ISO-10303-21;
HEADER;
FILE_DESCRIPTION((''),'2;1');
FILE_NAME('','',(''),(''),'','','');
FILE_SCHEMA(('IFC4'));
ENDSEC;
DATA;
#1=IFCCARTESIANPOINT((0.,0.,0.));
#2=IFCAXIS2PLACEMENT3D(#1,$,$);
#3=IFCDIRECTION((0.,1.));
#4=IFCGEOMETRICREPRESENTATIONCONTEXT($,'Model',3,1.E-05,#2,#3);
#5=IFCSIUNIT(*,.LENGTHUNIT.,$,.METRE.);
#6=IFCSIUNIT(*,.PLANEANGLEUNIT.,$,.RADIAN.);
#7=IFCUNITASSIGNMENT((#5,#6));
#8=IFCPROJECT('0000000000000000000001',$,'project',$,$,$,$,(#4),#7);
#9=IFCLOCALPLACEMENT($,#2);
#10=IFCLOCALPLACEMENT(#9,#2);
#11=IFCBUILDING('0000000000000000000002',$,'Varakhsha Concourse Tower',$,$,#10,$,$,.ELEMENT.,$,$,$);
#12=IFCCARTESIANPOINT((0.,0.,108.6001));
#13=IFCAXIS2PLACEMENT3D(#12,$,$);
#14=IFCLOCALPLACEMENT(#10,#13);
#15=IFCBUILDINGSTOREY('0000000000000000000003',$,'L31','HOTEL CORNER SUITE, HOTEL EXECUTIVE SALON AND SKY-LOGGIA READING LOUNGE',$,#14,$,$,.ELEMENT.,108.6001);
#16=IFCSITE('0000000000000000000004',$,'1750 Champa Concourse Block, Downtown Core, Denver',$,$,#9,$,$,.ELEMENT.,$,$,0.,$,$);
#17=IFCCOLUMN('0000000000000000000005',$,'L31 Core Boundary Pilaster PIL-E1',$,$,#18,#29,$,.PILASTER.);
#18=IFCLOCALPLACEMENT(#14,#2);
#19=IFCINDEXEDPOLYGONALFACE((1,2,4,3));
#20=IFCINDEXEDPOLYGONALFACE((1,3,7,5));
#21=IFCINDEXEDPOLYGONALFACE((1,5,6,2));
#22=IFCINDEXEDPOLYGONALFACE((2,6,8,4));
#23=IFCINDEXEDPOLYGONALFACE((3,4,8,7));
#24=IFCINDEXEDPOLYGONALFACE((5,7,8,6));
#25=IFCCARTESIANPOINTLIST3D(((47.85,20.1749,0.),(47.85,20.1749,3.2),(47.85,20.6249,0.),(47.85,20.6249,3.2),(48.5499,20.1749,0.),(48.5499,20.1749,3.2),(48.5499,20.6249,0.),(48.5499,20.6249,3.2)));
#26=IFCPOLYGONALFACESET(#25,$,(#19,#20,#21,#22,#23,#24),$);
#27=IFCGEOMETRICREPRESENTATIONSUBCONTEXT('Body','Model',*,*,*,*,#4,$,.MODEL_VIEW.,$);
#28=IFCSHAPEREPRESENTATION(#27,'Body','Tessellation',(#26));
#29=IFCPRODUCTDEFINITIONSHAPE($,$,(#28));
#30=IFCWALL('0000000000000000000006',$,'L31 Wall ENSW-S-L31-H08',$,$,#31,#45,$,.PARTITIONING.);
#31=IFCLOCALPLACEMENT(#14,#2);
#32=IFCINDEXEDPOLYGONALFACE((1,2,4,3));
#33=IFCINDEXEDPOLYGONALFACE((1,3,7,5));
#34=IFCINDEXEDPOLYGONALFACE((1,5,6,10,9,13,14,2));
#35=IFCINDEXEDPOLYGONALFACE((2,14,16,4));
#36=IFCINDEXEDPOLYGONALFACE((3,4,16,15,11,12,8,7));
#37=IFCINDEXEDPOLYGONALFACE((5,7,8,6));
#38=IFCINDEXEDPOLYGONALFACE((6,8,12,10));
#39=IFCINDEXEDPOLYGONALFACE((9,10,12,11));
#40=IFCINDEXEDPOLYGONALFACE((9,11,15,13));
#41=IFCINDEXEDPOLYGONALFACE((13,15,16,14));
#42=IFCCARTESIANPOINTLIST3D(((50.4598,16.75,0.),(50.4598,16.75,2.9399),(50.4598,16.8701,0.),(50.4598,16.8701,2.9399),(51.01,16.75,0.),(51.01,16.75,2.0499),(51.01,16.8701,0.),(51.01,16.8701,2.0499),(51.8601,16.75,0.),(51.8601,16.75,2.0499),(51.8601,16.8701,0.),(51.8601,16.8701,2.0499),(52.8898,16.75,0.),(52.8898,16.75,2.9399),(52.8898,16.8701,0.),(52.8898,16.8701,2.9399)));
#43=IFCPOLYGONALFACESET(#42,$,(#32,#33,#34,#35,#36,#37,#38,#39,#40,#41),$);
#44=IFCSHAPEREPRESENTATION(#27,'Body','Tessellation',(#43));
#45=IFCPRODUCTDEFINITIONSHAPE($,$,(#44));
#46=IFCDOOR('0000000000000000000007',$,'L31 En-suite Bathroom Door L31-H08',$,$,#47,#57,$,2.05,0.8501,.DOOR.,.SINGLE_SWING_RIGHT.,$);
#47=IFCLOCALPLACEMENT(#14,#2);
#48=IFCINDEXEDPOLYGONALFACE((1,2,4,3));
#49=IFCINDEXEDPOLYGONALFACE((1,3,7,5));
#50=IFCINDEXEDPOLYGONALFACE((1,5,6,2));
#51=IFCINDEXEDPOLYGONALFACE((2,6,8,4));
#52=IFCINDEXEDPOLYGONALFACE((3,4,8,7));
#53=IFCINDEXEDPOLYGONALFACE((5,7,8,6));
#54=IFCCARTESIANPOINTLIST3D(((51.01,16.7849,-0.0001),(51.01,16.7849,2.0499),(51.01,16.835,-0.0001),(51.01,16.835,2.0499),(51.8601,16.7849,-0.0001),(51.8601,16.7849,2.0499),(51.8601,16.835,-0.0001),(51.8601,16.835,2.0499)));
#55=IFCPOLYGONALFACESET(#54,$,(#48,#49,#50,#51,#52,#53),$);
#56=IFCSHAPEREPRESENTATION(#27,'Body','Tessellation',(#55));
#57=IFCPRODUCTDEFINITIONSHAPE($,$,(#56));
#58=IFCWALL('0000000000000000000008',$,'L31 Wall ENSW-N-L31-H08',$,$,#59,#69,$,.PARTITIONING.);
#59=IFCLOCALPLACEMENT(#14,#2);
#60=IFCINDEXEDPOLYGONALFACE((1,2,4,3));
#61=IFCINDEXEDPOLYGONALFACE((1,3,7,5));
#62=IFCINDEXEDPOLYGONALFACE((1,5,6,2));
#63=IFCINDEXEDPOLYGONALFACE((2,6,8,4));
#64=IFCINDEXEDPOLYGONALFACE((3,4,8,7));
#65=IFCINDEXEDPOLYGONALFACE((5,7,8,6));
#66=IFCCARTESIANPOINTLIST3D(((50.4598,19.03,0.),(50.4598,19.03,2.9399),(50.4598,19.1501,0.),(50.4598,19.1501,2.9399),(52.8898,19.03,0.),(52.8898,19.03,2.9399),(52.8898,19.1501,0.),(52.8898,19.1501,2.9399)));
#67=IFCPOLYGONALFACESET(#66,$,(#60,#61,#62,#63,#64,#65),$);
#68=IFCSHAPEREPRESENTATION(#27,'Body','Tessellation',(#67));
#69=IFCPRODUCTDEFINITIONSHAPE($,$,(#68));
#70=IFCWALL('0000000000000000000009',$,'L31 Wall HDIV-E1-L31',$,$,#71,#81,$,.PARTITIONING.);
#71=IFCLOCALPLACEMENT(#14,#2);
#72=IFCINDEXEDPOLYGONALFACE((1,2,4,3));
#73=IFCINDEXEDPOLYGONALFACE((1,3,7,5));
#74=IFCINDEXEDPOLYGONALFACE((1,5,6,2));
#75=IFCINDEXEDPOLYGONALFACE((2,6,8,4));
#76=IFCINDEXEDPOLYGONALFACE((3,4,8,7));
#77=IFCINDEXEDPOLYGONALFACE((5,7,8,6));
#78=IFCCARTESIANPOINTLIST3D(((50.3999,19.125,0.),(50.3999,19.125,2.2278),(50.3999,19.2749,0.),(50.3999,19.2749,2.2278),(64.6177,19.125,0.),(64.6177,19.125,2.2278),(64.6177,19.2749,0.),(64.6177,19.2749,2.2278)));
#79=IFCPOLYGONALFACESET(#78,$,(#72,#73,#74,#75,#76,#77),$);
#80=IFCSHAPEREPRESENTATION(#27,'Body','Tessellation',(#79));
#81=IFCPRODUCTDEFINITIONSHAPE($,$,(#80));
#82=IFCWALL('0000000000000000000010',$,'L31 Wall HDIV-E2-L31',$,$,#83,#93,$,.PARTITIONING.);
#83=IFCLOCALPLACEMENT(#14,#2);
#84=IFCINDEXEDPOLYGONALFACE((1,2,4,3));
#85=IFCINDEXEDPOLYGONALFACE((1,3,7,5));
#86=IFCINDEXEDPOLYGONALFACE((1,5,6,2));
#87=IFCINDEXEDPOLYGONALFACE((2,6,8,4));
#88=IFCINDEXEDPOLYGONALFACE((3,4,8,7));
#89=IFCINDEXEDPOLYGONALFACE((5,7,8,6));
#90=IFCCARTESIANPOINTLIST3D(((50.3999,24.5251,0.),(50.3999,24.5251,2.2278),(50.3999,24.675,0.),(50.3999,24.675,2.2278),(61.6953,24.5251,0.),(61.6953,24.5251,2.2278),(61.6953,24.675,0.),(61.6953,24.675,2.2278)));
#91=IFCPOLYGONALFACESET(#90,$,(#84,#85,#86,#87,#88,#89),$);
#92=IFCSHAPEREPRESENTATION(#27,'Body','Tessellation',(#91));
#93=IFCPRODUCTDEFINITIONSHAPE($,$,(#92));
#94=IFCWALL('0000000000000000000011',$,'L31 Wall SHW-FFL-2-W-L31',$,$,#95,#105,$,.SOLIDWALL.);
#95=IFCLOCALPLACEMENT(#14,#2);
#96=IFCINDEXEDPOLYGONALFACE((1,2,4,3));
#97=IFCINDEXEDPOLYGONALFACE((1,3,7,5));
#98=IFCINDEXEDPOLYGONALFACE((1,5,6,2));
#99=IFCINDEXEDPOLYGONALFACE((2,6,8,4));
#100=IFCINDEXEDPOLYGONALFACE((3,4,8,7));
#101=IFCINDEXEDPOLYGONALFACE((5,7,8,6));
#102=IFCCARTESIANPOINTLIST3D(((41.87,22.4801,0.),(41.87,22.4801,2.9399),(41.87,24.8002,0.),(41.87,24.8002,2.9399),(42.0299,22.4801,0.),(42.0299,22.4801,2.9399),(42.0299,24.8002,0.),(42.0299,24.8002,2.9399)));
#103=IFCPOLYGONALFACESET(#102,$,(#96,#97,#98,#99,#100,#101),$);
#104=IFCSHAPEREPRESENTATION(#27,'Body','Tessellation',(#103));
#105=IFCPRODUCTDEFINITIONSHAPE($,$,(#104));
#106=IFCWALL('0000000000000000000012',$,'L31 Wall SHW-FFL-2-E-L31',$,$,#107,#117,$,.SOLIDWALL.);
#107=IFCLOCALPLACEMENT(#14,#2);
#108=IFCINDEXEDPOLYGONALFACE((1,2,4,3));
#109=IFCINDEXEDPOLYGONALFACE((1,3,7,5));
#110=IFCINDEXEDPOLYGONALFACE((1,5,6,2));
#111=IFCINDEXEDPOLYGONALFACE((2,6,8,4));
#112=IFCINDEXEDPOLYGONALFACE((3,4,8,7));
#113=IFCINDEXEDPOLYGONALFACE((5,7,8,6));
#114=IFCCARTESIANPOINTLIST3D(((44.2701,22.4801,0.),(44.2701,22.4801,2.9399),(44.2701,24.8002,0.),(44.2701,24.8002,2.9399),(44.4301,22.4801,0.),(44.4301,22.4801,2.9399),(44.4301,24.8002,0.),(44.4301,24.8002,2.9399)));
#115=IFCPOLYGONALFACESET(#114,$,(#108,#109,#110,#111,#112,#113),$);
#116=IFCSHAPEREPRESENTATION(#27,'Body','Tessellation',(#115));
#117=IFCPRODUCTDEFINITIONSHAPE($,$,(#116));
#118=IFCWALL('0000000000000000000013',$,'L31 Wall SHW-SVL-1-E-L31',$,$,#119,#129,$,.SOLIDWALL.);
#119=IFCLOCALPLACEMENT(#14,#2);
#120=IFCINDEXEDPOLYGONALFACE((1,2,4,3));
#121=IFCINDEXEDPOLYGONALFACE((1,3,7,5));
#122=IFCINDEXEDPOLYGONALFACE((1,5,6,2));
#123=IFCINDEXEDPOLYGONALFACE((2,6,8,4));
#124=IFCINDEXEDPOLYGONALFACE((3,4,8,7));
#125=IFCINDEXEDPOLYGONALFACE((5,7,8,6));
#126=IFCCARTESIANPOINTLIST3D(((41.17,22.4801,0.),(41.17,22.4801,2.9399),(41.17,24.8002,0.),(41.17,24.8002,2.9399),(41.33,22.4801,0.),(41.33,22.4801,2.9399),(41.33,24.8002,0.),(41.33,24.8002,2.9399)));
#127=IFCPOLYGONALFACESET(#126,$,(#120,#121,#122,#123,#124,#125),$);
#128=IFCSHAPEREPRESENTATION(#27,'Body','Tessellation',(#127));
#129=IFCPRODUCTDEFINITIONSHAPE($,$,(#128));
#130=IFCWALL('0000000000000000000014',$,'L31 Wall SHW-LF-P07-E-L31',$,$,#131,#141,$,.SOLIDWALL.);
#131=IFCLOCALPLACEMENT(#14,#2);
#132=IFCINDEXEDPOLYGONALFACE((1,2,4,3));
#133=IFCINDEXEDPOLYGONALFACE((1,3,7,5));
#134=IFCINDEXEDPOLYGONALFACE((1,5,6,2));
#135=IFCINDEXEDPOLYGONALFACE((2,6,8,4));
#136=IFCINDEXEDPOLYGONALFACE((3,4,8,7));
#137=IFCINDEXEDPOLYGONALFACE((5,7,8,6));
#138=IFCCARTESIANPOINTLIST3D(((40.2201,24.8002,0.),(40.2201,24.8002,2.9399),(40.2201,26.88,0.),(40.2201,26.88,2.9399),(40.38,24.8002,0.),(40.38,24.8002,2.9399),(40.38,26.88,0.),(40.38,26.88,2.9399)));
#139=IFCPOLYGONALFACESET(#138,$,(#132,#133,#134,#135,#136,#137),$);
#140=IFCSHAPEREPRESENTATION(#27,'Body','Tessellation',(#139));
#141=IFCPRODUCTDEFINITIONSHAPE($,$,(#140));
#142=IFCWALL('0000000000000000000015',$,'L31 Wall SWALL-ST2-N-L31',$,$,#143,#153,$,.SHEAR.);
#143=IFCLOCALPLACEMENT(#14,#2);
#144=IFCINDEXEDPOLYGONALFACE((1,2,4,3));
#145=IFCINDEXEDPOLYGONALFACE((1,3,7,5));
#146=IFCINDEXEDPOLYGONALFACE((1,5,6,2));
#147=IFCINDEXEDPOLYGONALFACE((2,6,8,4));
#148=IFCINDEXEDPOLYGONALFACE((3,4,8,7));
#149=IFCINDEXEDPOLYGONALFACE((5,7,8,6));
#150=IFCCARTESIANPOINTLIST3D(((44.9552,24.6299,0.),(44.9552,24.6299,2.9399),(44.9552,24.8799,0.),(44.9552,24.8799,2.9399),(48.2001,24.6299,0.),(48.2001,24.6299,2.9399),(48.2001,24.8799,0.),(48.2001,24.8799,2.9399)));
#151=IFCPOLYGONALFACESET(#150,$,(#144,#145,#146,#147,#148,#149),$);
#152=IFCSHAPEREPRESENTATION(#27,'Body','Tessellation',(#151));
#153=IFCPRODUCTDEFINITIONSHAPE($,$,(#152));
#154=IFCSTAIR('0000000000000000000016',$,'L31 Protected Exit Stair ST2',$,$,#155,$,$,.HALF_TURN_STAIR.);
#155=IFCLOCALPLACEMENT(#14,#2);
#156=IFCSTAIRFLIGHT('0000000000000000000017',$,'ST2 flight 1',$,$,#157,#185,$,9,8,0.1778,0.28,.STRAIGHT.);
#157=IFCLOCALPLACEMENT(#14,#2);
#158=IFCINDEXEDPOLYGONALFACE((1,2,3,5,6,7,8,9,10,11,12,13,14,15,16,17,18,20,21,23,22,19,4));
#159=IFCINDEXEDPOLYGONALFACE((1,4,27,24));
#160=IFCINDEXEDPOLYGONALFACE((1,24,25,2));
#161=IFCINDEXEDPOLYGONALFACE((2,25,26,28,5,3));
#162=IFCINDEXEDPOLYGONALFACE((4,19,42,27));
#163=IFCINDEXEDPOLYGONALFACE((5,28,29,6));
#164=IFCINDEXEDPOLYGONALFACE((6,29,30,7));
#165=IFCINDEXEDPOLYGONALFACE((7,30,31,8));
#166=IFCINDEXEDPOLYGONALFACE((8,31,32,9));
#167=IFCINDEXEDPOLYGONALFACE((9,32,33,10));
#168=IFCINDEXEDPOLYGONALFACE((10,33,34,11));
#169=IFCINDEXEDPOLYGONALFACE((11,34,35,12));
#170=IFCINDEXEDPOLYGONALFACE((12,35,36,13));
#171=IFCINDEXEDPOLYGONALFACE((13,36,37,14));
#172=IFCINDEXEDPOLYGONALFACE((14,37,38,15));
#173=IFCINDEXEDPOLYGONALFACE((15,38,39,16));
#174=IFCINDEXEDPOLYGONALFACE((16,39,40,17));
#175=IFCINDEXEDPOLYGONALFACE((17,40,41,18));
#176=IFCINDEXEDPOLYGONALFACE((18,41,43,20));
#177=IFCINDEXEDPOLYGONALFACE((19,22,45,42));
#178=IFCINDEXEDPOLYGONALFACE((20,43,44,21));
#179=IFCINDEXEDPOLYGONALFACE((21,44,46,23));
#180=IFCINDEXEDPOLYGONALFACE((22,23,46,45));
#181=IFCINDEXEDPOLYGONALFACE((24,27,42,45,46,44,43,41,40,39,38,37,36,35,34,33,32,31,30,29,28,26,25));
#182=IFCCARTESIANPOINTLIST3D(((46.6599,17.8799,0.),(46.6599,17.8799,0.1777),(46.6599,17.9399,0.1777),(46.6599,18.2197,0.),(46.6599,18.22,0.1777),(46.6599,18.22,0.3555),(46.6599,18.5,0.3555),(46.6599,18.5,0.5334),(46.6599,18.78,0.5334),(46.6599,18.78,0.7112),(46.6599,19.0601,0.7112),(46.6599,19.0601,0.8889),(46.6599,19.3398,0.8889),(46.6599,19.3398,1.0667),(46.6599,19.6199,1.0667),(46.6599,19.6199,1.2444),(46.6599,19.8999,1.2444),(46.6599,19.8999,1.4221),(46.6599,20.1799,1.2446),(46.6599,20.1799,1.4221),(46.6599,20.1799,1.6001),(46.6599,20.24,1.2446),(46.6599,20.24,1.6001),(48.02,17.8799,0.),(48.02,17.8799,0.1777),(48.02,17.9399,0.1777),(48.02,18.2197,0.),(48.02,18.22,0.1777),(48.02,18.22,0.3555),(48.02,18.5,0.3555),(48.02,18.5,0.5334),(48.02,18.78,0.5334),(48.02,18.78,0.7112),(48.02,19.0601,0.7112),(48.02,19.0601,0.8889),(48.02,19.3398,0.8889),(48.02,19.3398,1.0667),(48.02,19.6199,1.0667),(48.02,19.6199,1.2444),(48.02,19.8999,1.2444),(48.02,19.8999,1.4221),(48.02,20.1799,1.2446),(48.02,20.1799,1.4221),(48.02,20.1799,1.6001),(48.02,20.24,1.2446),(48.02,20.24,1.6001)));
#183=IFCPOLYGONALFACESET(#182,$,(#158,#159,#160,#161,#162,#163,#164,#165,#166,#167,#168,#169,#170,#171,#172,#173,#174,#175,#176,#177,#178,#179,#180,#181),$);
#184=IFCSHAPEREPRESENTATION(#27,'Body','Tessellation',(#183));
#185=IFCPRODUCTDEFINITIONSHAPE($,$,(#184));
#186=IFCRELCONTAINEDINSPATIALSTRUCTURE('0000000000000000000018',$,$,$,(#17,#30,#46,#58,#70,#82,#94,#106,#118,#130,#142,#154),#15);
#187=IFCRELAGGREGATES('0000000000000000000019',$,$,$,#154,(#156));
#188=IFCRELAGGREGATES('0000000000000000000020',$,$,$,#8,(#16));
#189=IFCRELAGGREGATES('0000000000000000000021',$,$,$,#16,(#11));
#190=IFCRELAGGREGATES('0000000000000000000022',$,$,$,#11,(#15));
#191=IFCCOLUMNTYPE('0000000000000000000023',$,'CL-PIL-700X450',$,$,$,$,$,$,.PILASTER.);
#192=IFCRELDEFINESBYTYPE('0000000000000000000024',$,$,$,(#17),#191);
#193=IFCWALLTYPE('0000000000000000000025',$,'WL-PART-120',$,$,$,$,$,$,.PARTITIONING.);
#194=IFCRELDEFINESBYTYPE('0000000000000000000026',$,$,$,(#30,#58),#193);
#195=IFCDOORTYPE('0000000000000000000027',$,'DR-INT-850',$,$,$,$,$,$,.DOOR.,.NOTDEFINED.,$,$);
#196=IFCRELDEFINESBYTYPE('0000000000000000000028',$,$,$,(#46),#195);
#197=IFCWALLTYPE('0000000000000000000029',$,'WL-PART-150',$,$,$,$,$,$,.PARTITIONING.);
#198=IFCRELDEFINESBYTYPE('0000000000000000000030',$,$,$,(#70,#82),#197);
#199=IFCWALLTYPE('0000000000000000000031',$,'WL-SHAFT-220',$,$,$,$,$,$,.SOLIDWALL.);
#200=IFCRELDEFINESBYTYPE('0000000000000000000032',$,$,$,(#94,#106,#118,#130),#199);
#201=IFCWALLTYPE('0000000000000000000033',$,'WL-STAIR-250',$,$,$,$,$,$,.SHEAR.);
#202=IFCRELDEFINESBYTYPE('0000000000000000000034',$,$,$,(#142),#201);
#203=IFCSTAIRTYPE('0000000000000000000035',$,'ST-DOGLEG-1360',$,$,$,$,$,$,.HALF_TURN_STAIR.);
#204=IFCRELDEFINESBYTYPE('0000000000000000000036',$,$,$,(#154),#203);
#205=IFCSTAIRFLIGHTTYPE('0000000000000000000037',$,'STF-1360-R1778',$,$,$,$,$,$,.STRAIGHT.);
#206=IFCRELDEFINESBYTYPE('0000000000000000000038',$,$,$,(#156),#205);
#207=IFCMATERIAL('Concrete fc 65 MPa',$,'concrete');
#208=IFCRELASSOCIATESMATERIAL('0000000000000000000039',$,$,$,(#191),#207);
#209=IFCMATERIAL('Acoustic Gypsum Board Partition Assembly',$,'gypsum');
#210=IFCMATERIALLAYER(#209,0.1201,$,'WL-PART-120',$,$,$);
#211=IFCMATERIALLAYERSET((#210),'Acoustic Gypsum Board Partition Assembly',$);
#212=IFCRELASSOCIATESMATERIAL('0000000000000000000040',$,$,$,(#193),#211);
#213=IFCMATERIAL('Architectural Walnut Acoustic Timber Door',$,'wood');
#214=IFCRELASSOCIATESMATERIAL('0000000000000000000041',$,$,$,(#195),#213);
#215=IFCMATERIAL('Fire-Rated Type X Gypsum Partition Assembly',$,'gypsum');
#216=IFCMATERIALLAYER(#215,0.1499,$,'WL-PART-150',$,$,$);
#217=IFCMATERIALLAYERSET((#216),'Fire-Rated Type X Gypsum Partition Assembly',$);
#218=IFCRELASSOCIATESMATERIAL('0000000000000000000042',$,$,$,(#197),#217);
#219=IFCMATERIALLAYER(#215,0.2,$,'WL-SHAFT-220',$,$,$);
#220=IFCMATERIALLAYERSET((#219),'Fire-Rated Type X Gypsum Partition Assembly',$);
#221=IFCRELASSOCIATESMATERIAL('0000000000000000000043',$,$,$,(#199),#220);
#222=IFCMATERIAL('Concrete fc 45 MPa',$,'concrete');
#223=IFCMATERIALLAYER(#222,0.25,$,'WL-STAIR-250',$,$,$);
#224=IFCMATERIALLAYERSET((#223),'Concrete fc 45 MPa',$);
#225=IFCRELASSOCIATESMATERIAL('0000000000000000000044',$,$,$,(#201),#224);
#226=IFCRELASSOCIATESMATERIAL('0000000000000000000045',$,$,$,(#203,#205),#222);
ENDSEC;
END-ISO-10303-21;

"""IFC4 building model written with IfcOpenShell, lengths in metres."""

from ifc_helpers import new_model, si_unit, direction, frame, frame_2d, origin, origin_2d, place, context, subcontext, project, spatial, polyline, rectangle, outline, extrude, material, layer, layer_set, material_profile, profile_set, type_object, element, fill, aggregate, save


model = new_model("IFC4")

# Units and contexts
model_context = context("Model", 3, precision=1e-05, world=origin(), true_north=direction((0.0, 1.0)))
body_context = subcontext(model_context, "Body", "Model", "MODEL_VIEW")
ifc_project = project(units=[si_unit("LENGTHUNIT", "METRE"), si_unit("PLANEANGLEUNIT", "RADIAN")], contexts=[model_context])

# Site, building, storey
site_placement = place(None, origin())
site = spatial("IfcSite", under=ifc_project, at=site_placement, Name="1750 Champa Concourse Block, Downtown Core, Denver", CompositionType="ELEMENT", RefElevation=0.0)
building_placement = place(site_placement, origin())
building = spatial("IfcBuilding", under=site, at=building_placement, Name="Varakhsha Concourse Tower", CompositionType="ELEMENT")
storey_placement = place(building_placement, frame((0.0, 0.0, 108.6001)))
storey = spatial("IfcBuildingStorey", under=building, at=storey_placement, Name="L31", Description="HOTEL CORNER SUITE, HOTEL EXECUTIVE SALON AND SKY-LOGGIA READING LOUNGE", CompositionType="ELEMENT", Elevation=108.6001)

# Column
ifc_material_1 = material(Name="Concrete fc 65 MPa", Category="concrete")
ifc_material_profile = material_profile(ifc_material_1, rectangle(XDim=0.7, YDim=0.45, at=origin_2d()), Name="RC 700x450")
ifc_profile_set = profile_set([ifc_material_profile], Name="Concrete fc 65 MPa")
column_type = type_object("IfcColumnType", Name="CL-PIL-700X450", PredefinedType="PILASTER", material=ifc_profile_set)
column_placement = place(storey_placement, frame((48.2, 20.3999, 0.0), z_axis=(0.0, 0.0, 1.0), x_axis=(1.0, 0.0, 0.0)))
element("IfcColumn", 1, at=column_placement, inside=storey, type_object=column_type, Name="L31 Core Boundary Pilaster PIL-E1", PredefinedType="PILASTER", context=body_context, shape_type="SweptSolid", body=[
    extrude(rectangle(XDim=0.7, YDim=0.45, at=origin_2d()), origin(), (0.0, 0.0, 1.0), 3.2),
])

# Wall, opening, door
ifc_material_2 = material(Name="Acoustic Gypsum Board Partition Assembly", Category="gypsum")
ifc_layer_1 = layer(ifc_material_2, 0.1201, Name="WL-PART-120")
ifc_layer_set_1 = layer_set([ifc_layer_1], Name="Acoustic Gypsum Board Partition Assembly")
wall_type_1 = type_object("IfcWallType", Name="WL-PART-120", PredefinedType="PARTITIONING", material=ifc_layer_set_1)
wall_1_placement = place(storey_placement, frame((50.46, 16.8101, 0.0), z_axis=(0.0, 0.0, 1.0), x_axis=(1.0, 0.0, 0.0)))
wall_1 = element("IfcWall", 2, at=wall_1_placement, inside=storey, type_object=wall_type_1, Name="L31 Wall ENSW-S-L31-H08", PredefinedType="PARTITIONING", context=body_context, shape_type="SweptSolid", body=[
    extrude(rectangle(XDim=2.4299, YDim=0.1201, at=frame_2d((1.2148, 0.0))), origin(), (0.0, 0.0, 1.0), 2.9399),
])
opening_placement = place(wall_1_placement, frame((0.55, 0.0, 0.0)))
opening = element("IfcOpeningElement", 3, at=opening_placement, cuts=wall_1, PredefinedType="OPENING", context=body_context, shape_type="SweptSolid", body=[
    extrude(rectangle(XDim=0.8501, YDim=2.05, at=frame_2d((0.425, 1.0249))), frame((0.0, 0.0701, 0.0), z_axis=(0.0, -1.0, 0.0), x_axis=(1.0, 0.0, 0.0)), (0.0, 0.0, 1.0), 0.1401),
])
ifc_material_3 = material(Name="Architectural Walnut Acoustic Timber Door", Category="wood")
door_type = type_object("IfcDoorType", Name="DR-INT-850", OperationType="NOTDEFINED", PredefinedType="DOOR", material=ifc_material_3)
door_placement = place(opening_placement, origin())
door = element("IfcDoor", 4, at=door_placement, inside=storey, type_object=door_type, Name="L31 En-suite Bathroom Door L31-H08", OperationType="SINGLE_SWING_RIGHT", OverallHeight=2.05, OverallWidth=0.8501, PredefinedType="DOOR", context=body_context, shape_type="SweptSolid", body=[
    extrude(rectangle(XDim=0.8501, YDim=2.05, at=frame_2d((0.425, 1.0249))), frame((0.0, 0.0249, 0.0), z_axis=(0.0, -1.0, 0.0), x_axis=(1.0, 0.0, 0.0)), (0.0, 0.0, 1.0), 0.05),
])
fill(opening, door)

# Walls
wall_2_placement = place(storey_placement, frame((50.46, 19.0901, 0.0), z_axis=(0.0, 0.0, 1.0), x_axis=(1.0, 0.0, 0.0)))
element("IfcWall", 5, at=wall_2_placement, inside=storey, type_object=wall_type_1, Name="L31 Wall ENSW-N-L31-H08", PredefinedType="PARTITIONING", context=body_context, shape_type="SweptSolid", body=[
    extrude(rectangle(XDim=2.4299, YDim=0.1201, at=frame_2d((1.2148, 0.0))), origin(), (0.0, 0.0, 1.0), 2.9399),
])
ifc_material_4 = material(Name="Fire-Rated Type X Gypsum Partition Assembly", Category="gypsum")
ifc_layer_2 = layer(ifc_material_4, 0.1499, Name="WL-PART-150")
ifc_layer_set_2 = layer_set([ifc_layer_2], Name="Fire-Rated Type X Gypsum Partition Assembly")
wall_type_2 = type_object("IfcWallType", Name="WL-PART-150", PredefinedType="PARTITIONING", material=ifc_layer_set_2)
wall_3_placement = place(storey_placement, frame((50.3999, 19.2, 0.0), z_axis=(0.0, 0.0, 1.0), x_axis=(1.0, 0.0, 0.0)))
element("IfcWall", 6, at=wall_3_placement, inside=storey, type_object=wall_type_2, Name="L31 Wall HDIV-E1-L31", PredefinedType="PARTITIONING", context=body_context, shape_type="SweptSolid", body=[
    extrude(rectangle(XDim=14.2178, YDim=0.1499, at=frame_2d((7.1089, 0.0))), origin(), (0.0, 0.0, 1.0), 2.2278),
])
wall_4_placement = place(storey_placement, frame((50.3999, 24.6001, 0.0), z_axis=(0.0, 0.0, 1.0), x_axis=(1.0, 0.0, 0.0)))
element("IfcWall", 7, at=wall_4_placement, inside=storey, type_object=wall_type_2, Name="L31 Wall HDIV-E2-L31", PredefinedType="PARTITIONING", context=body_context, shape_type="SweptSolid", body=[
    extrude(rectangle(XDim=11.2954, YDim=0.1499, at=frame_2d((5.6477, 0.0))), origin(), (0.0, 0.0, 1.0), 2.2278),
])
ifc_layer_3 = layer(ifc_material_4, 0.2, Name="WL-SHAFT-220")
ifc_layer_set_3 = layer_set([ifc_layer_3], Name="Fire-Rated Type X Gypsum Partition Assembly")
wall_type_3 = type_object("IfcWallType", Name="WL-SHAFT-220", PredefinedType="SOLIDWALL", material=ifc_layer_set_3)
for number, where, z_axis, x_axis, name in (
    (8, (41.95, 22.48, 0.0), (0.0, 0.0, 1.0), (0.0, 1.0, 0.0), "L31 Wall SHW-FFL-2-W-L31"),
    (9, (44.3501, 22.48, 0.0), (0.0, 0.0, 1.0), (0.0, 1.0, 0.0), "L31 Wall SHW-FFL-2-E-L31"),
    (10, (41.25, 22.48, 0.0), (0.0, 0.0, 1.0), (0.0, 1.0, 0.0), "L31 Wall SHW-SVL-1-E-L31"),
):
    element("IfcWall", number, at=place(storey_placement, frame(where, z_axis=z_axis, x_axis=x_axis)), inside=storey, type_object=wall_type_3, Name=name, PredefinedType="SOLIDWALL", context=body_context, shape_type="SweptSolid", body=[
        extrude(rectangle(XDim=2.3201, YDim=0.1599, at=frame_2d((1.1602, 0.0))), origin(), (0.0, 0.0, 1.0), 2.9399),
    ])
wall_5_placement = place(storey_placement, frame((40.3, 24.8, 0.0), z_axis=(0.0, 0.0, 1.0), x_axis=(0.0, 1.0, 0.0)))
element("IfcWall", 11, at=wall_5_placement, inside=storey, type_object=wall_type_3, Name="L31 Wall SHW-LF-P07-E-L31", PredefinedType="SOLIDWALL", context=body_context, shape_type="SweptSolid", body=[
    extrude(rectangle(XDim=2.0798, YDim=0.1599, at=frame_2d((1.04, 0.0))), origin(), (0.0, 0.0, 1.0), 2.9399),
])
ifc_material_5 = material(Name="Concrete fc 45 MPa", Category="concrete")
ifc_layer_4 = layer(ifc_material_5, 0.25, Name="WL-STAIR-250")
ifc_layer_set_4 = layer_set([ifc_layer_4], Name="Concrete fc 45 MPa")
wall_type_4 = type_object("IfcWallType", Name="WL-STAIR-250", PredefinedType="SHEAR", material=ifc_layer_set_4)
wall_6_placement = place(storey_placement, frame((44.9551, 24.7549, 0.0), z_axis=(0.0, 0.0, 1.0), x_axis=(1.0, 0.0, 0.0)))
element("IfcWall", 12, at=wall_6_placement, inside=storey, type_object=wall_type_4, Name="L31 Wall SWALL-ST2-N-L31", PredefinedType="SHEAR", context=body_context, shape_type="SweptSolid", body=[
    extrude(rectangle(XDim=3.2449, YDim=0.25, at=frame_2d((1.6226, 0.0))), origin(), (0.0, 0.0, 1.0), 2.9399),
])

# Stair, stair flight
stair_type = type_object("IfcStairType", Name="ST-DOGLEG-1360", PredefinedType="HALF_TURN_STAIR", material=ifc_material_5)
stair_placement = place(storey_placement, origin())
stair = element("IfcStair", 13, at=stair_placement, inside=storey, type_object=stair_type, Name="L31 Protected Exit Stair ST2", PredefinedType="HALF_TURN_STAIR")
stair_flight_type = type_object("IfcStairFlightType", Name="STF-1360-R1778", PredefinedType="STRAIGHT", material=ifc_material_5)
stair_flight_1_placement = place(storey_placement, frame((47.3401, 17.9399, 0.0), z_axis=(0.0, 0.0, 1.0), x_axis=(0.0, 1.0, 0.0)))
stair_flight_1 = element("IfcStairFlight", 14, at=stair_flight_1_placement, type_object=stair_flight_type, Name="ST2 flight 1", NumberOfRisers=9, NumberOfTreads=8, PredefinedType="STRAIGHT", RiserHeight=0.1778, TreadLength=0.28, context=body_context, shape_type="SweptSolid", body=[
    extrude(outline(polyline([(-0.0601, 0.0), (-0.0601, 0.1777), (0.0, 0.1777), (0.28, 0.1777), (0.28, 0.3555), (0.5601, 0.3555), (0.5601, 0.5334), (0.8401, 0.5334), (0.8401, 0.7112), (1.1201, 0.7112), (1.1201, 0.8889), (1.3999, 0.8889), (1.3999, 1.0667), (1.6799, 1.0667), (1.6799, 1.2444), (1.96, 1.2444), (1.96, 1.4221), (2.24, 1.4221), (2.24, 1.6001), (2.3, 1.6001), (2.3, 1.2446), (2.24, 1.2446), (0.2798, 0.0), (-0.0601, 0.0)])), frame((0.0, 0.6802, 0.0), z_axis=(0.0, -1.0, 0.0), x_axis=(1.0, 0.0, 0.0)), (0.0, 0.0, 1.0), 1.3601),
])
aggregate(stair, [stair_flight_1])

save(model, "model.ifc")
